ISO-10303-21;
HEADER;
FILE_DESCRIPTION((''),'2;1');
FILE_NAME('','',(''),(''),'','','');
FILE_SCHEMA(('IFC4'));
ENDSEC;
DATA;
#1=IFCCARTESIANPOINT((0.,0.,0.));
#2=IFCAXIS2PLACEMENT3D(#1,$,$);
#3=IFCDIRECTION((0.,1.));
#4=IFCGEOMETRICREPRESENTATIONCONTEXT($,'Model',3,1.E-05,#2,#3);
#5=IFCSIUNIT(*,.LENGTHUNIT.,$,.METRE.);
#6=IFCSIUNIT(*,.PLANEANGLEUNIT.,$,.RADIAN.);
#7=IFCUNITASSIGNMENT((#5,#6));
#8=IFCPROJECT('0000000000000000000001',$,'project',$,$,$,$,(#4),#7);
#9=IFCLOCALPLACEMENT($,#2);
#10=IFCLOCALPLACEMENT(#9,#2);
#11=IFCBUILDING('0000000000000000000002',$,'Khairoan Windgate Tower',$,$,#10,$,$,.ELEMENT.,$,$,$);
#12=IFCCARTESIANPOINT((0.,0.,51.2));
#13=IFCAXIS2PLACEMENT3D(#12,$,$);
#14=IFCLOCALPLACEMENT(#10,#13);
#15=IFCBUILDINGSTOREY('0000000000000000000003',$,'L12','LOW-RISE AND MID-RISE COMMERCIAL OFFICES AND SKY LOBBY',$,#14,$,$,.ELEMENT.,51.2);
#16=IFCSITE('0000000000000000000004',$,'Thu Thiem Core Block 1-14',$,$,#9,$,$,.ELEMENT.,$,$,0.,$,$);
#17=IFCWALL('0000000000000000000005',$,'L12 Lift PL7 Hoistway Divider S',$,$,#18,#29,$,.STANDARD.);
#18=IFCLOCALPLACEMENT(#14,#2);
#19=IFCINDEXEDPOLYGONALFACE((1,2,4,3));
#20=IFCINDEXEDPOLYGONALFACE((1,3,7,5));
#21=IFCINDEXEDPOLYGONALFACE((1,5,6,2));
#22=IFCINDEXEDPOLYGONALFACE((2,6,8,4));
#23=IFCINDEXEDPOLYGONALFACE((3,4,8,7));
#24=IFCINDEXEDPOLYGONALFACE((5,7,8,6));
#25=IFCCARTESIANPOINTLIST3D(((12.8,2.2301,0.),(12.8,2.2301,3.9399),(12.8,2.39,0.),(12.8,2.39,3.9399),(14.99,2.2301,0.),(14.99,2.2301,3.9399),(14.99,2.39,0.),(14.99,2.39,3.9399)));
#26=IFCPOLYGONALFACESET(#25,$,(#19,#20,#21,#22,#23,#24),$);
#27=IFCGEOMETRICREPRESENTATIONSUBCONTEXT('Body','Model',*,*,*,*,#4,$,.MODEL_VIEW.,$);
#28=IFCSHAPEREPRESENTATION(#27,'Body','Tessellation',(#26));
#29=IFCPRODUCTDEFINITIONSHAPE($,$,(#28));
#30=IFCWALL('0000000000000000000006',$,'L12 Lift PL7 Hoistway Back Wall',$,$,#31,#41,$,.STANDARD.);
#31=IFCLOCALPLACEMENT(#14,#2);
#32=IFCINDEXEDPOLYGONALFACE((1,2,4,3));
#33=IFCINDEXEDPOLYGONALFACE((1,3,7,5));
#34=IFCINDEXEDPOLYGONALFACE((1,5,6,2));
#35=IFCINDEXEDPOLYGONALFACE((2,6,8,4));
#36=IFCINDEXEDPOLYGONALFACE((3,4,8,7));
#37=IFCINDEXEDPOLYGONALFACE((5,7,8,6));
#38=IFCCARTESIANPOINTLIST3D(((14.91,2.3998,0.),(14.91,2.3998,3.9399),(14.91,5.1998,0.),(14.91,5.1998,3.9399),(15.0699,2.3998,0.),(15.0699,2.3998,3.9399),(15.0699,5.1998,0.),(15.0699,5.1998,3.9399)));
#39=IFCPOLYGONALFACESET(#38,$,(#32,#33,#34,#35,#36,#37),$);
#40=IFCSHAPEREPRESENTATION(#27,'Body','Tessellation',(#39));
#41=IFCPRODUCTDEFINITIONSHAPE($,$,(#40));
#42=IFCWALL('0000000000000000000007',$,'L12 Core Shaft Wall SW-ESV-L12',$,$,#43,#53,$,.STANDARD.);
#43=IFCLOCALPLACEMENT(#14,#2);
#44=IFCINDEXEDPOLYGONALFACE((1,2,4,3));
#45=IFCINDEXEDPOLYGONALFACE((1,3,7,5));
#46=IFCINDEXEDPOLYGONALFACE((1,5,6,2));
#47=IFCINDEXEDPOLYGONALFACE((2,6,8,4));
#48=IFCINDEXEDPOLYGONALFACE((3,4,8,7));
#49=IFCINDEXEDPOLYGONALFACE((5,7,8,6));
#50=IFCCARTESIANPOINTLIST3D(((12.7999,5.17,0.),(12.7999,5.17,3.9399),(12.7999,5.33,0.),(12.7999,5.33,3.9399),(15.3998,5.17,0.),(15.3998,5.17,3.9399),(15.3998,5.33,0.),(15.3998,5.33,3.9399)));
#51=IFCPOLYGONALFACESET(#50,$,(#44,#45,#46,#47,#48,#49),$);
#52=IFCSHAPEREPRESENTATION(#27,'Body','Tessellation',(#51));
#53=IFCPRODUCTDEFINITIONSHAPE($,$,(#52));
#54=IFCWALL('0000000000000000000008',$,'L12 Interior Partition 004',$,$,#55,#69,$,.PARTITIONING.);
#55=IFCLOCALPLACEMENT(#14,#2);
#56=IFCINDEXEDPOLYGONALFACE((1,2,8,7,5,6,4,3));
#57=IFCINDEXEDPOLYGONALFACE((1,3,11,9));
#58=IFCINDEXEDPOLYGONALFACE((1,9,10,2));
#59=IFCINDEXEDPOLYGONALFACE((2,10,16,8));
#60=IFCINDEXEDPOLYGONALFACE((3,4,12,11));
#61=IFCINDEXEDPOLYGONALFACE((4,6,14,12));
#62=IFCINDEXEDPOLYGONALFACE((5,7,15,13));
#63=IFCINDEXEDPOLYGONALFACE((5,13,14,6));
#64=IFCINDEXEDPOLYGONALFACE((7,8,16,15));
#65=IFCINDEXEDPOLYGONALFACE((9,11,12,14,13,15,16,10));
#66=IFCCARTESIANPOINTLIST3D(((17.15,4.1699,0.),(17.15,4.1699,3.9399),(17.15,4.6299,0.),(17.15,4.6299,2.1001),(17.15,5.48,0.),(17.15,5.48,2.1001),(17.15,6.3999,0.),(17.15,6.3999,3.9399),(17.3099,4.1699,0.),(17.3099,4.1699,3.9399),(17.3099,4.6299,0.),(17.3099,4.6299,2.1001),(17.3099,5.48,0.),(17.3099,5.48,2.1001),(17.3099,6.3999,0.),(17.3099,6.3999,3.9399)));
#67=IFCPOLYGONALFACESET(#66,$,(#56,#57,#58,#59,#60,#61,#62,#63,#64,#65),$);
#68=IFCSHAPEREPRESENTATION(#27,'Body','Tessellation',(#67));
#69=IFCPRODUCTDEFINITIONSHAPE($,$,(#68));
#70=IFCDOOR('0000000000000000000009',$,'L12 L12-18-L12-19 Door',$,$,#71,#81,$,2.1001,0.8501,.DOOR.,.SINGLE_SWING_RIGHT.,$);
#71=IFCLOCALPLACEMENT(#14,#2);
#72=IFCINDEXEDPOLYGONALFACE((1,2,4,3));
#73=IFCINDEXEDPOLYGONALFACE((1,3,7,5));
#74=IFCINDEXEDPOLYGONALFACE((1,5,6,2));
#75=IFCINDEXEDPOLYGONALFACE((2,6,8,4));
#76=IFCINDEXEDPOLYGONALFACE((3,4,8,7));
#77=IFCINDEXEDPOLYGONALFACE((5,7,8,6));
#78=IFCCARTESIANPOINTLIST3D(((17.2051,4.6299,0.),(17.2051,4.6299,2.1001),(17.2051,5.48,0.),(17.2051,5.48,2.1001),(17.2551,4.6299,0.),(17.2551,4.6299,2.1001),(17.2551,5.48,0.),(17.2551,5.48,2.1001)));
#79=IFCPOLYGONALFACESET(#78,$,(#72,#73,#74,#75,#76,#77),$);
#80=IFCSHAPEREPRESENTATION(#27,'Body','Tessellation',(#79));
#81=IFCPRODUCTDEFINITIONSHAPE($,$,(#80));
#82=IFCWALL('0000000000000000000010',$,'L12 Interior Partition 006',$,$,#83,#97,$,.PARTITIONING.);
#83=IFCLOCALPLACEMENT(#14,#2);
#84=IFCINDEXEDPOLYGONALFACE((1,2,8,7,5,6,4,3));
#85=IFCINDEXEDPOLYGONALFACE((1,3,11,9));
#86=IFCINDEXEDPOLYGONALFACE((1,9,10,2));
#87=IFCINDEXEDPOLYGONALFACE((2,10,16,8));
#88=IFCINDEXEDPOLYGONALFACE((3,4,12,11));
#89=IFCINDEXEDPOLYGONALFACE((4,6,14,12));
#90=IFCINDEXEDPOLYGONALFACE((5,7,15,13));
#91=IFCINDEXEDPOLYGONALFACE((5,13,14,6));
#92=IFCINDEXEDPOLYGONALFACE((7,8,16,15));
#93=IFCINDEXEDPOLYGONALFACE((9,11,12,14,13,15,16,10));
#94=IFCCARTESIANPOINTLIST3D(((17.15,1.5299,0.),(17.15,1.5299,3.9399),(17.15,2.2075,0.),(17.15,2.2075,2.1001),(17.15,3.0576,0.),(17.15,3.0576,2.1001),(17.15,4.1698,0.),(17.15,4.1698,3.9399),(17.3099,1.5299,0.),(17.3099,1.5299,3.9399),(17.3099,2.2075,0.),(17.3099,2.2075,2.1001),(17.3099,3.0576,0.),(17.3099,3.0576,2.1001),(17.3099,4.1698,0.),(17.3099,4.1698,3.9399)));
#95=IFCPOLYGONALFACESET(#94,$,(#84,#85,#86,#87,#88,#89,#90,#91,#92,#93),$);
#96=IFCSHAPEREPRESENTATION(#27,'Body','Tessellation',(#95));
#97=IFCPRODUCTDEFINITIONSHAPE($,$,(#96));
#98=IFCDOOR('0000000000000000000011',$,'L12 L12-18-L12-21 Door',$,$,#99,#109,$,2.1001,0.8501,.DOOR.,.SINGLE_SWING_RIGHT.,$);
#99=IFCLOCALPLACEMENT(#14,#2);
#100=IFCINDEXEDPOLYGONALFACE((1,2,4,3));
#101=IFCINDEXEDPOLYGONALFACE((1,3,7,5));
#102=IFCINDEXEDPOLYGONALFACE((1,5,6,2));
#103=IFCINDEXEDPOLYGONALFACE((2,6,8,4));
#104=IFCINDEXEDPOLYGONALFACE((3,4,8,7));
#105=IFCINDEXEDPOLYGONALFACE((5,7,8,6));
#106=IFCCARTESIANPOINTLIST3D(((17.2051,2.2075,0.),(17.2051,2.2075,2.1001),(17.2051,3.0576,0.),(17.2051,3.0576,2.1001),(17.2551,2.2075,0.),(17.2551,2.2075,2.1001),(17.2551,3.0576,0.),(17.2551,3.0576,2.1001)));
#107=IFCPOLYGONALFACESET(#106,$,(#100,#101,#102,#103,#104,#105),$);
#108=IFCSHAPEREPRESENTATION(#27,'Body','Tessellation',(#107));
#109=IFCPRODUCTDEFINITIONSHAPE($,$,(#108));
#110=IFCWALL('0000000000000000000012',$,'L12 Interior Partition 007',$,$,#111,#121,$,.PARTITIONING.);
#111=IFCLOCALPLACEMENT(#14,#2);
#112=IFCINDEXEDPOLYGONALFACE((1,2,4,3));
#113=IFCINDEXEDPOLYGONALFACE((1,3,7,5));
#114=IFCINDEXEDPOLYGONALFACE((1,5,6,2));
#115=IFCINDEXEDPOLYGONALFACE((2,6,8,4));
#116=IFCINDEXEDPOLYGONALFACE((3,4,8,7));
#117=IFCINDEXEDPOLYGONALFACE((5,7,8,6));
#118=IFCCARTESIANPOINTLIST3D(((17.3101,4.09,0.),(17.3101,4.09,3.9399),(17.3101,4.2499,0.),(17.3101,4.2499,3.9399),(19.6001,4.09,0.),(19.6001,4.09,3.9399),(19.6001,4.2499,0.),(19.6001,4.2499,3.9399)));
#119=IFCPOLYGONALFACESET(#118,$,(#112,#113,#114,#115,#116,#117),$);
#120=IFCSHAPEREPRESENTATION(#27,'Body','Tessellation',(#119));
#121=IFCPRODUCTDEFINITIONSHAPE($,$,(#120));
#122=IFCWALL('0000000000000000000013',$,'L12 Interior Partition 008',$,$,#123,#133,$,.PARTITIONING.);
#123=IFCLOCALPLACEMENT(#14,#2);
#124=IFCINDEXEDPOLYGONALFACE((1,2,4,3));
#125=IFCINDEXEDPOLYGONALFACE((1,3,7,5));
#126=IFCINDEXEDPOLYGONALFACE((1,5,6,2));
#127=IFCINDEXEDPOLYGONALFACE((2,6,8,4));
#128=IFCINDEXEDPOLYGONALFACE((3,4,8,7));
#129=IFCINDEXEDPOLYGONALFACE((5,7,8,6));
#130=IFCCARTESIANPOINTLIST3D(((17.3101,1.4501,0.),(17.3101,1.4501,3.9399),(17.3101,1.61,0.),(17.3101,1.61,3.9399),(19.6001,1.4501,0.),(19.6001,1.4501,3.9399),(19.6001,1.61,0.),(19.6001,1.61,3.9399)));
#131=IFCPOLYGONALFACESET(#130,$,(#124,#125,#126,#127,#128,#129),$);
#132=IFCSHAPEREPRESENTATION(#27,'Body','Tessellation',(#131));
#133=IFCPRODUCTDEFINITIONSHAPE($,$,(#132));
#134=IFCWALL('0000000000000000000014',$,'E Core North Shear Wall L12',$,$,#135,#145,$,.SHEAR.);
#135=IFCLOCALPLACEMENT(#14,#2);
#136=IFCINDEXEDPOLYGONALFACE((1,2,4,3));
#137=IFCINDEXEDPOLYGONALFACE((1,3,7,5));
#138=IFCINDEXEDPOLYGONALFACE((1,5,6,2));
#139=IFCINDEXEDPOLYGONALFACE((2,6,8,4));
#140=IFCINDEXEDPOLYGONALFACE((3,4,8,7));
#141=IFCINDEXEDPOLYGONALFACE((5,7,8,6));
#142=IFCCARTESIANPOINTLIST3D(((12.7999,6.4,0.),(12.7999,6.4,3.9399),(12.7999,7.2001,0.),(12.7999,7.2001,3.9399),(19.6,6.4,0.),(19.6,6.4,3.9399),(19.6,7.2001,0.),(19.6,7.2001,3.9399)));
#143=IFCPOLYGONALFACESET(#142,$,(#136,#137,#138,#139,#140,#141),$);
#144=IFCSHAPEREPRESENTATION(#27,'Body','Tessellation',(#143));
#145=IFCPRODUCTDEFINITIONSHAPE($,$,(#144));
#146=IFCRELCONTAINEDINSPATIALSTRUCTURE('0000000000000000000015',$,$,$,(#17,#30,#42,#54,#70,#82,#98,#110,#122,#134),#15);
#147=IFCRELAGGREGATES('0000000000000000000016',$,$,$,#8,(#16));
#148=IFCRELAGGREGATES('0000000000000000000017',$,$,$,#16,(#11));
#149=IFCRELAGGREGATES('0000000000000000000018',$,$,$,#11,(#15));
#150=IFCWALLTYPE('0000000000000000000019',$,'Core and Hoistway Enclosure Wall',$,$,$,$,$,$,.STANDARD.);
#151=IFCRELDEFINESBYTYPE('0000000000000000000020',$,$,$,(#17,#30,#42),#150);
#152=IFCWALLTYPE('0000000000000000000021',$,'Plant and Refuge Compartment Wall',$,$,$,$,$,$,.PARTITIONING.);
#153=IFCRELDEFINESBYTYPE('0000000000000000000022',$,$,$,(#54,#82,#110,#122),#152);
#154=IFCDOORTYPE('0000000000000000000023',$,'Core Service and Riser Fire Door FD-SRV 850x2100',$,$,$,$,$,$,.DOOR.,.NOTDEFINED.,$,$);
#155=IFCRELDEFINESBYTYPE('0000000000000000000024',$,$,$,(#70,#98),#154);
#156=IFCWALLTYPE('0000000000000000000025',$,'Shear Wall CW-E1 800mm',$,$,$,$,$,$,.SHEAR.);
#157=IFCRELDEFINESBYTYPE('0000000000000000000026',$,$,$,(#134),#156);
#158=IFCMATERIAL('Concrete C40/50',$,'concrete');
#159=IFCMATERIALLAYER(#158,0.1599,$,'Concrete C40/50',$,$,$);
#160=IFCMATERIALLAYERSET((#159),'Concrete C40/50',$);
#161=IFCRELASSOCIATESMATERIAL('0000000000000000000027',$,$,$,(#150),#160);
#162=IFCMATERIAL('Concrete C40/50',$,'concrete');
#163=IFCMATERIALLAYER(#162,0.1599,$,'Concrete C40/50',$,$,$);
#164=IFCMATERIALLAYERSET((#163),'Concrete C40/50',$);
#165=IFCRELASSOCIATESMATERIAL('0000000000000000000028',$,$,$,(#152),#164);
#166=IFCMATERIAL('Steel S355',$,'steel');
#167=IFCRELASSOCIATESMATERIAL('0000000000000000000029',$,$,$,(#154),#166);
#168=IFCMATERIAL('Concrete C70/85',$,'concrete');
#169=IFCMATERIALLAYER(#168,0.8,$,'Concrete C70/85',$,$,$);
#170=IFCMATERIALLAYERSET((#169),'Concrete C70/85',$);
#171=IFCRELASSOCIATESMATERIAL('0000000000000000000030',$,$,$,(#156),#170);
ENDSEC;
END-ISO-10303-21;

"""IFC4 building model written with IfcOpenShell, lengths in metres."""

from ifc_helpers import new_model, si_unit, direction, frame, frame_2d, origin, place, context, subcontext, project, spatial, rectangle, extrude, material, layer, layer_set, type_object, element, fill, save


model = new_model("IFC4")

# Units and contexts
model_context = context("Model", 3, precision=1e-05, world=origin(), true_north=direction((0.0, 1.0)))
body_context = subcontext(model_context, "Body", "Model", "MODEL_VIEW")
ifc_project = project(units=[si_unit("LENGTHUNIT", "METRE"), si_unit("PLANEANGLEUNIT", "RADIAN")], contexts=[model_context])

# Site, building, storey
site_placement = place(None, origin())
site = spatial("IfcSite", under=ifc_project, at=site_placement, Name="Thu Thiem Core Block 1-14", CompositionType="ELEMENT", RefElevation=0.0)
building_placement = place(site_placement, origin())
building = spatial("IfcBuilding", under=site, at=building_placement, Name="Khairoan Windgate Tower", CompositionType="ELEMENT")
storey_placement = place(building_placement, frame((0.0, 0.0, 51.2)))
storey = spatial("IfcBuildingStorey", under=building, at=storey_placement, Name="L12", Description="LOW-RISE AND MID-RISE COMMERCIAL OFFICES AND SKY LOBBY", CompositionType="ELEMENT", Elevation=51.2)

# Walls
ifc_material_1 = material(Name="Concrete C40/50", Category="concrete")
ifc_layer_1 = layer(ifc_material_1, 0.1599, Name="Concrete C40/50")
ifc_layer_set_1 = layer_set([ifc_layer_1], Name="Concrete C40/50")
wall_type_1 = type_object("IfcWallType", Name="Core and Hoistway Enclosure Wall", PredefinedType="STANDARD", material=ifc_layer_set_1)
wall_1_placement = place(storey_placement, frame((12.8, 2.3101, 0.0), z_axis=(0.0, 0.0, 1.0), x_axis=(1.0, 0.0, 0.0)))
element("IfcWall", 1, at=wall_1_placement, inside=storey, type_object=wall_type_1, Name="L12 Lift PL7 Hoistway Divider S", PredefinedType="STANDARD", context=body_context, shape_type="SweptSolid", body=[
    extrude(rectangle(XDim=2.1899, YDim=0.1599, at=frame_2d((1.095, 0.0))), origin(), (0.0, 0.0, 1.0), 3.9399),
])
wall_2_placement = place(storey_placement, frame((14.99, 2.3999, 0.0), z_axis=(0.0, 0.0, 1.0), x_axis=(0.0, 1.0, 0.0)))
element("IfcWall", 2, at=wall_2_placement, inside=storey, type_object=wall_type_1, Name="L12 Lift PL7 Hoistway Back Wall", PredefinedType="STANDARD", context=body_context, shape_type="SweptSolid", body=[
    extrude(rectangle(XDim=2.8, YDim=0.1599, at=frame_2d((1.3999, 0.0))), origin(), (0.0, 0.0, 1.0), 3.9399),
])
wall_3_placement = place(storey_placement, frame((12.8, 5.25, 0.0), z_axis=(0.0, 0.0, 1.0), x_axis=(1.0, 0.0, 0.0)))
element("IfcWall", 3, at=wall_3_placement, inside=storey, type_object=wall_type_1, Name="L12 Core Shaft Wall SW-ESV-L12", PredefinedType="STANDARD", context=body_context, shape_type="SweptSolid", body=[
    extrude(rectangle(XDim=2.5999, YDim=0.1599, at=frame_2d((1.2998, 0.0))), origin(), (0.0, 0.0, 1.0), 3.9399),
])

# Walls, openings, doors
ifc_material_2 = material(Name="Concrete C40/50", Category="concrete")
ifc_layer_2 = layer(ifc_material_2, 0.1599, Name="Concrete C40/50")
ifc_layer_set_2 = layer_set([ifc_layer_2], Name="Concrete C40/50")
wall_type_2 = type_object("IfcWallType", Name="Plant and Refuge Compartment Wall", PredefinedType="PARTITIONING", material=ifc_layer_set_2)
wall_4_placement = place(storey_placement, frame((17.23, 4.1699, 0.0), z_axis=(0.0, 0.0, 1.0), x_axis=(0.0, 1.0, 0.0)))
wall_4 = element("IfcWall", 4, at=wall_4_placement, inside=storey, type_object=wall_type_2, Name="L12 Interior Partition 004", PredefinedType="PARTITIONING", context=body_context, shape_type="SweptSolid", body=[
    extrude(rectangle(XDim=2.23, YDim=0.1599, at=frame_2d((1.115, 0.0))), origin(), (0.0, 0.0, 1.0), 3.9399),
])
opening_1_placement = place(wall_4_placement, frame((0.46, 0.0, 0.0)))
opening_1 = element("IfcOpeningElement", 5, at=opening_1_placement, cuts=wall_4, PredefinedType="OPENING", context=body_context, shape_type="SweptSolid", body=[
    extrude(rectangle(XDim=0.8501, YDim=2.1001, at=frame_2d((0.425, 1.05))), frame((0.0, 0.0898, 0.0), z_axis=(0.0, -1.0, 0.0), x_axis=(1.0, 0.0, 0.0)), (0.0, 0.0, 1.0), 0.1799),
])
ifc_material_3 = material(Name="Steel S355", Category="steel")
door_type = type_object("IfcDoorType", Name="Core Service and Riser Fire Door FD-SRV 850x2100", OperationType="NOTDEFINED", PredefinedType="DOOR", material=ifc_material_3)
door_1_placement = place(opening_1_placement, origin())
door_1 = element("IfcDoor", 6, at=door_1_placement, inside=storey, type_object=door_type, Name="L12 L12-18-L12-19 Door", OperationType="SINGLE_SWING_RIGHT", OverallHeight=2.1001, OverallWidth=0.8501, PredefinedType="DOOR", context=body_context, shape_type="SweptSolid", body=[
    extrude(rectangle(XDim=0.8501, YDim=2.1001, at=frame_2d((0.425, 1.05))), frame((0.0, 0.0249, 0.0), z_axis=(0.0, -1.0, 0.0), x_axis=(1.0, 0.0, 0.0)), (0.0, 0.0, 1.0), 0.05),
])
fill(opening_1, door_1)
wall_5_placement = place(storey_placement, frame((17.23, 1.53, 0.0), z_axis=(0.0, 0.0, 1.0), x_axis=(0.0, 1.0, 0.0)))
wall_5 = element("IfcWall", 7, at=wall_5_placement, inside=storey, type_object=wall_type_2, Name="L12 Interior Partition 006", PredefinedType="PARTITIONING", context=body_context, shape_type="SweptSolid", body=[
    extrude(rectangle(XDim=2.6399, YDim=0.1599, at=frame_2d((1.3198, 0.0))), origin(), (0.0, 0.0, 1.0), 3.9399),
])
opening_2_placement = place(wall_5_placement, frame((0.6775, 0.0, 0.0)))
opening_2 = element("IfcOpeningElement", 8, at=opening_2_placement, cuts=wall_5, PredefinedType="OPENING", context=body_context, shape_type="SweptSolid", body=[
    extrude(rectangle(XDim=0.8501, YDim=2.1001, at=frame_2d((0.425, 1.05))), frame((0.0, 0.0898, 0.0), z_axis=(0.0, -1.0, 0.0), x_axis=(1.0, 0.0, 0.0)), (0.0, 0.0, 1.0), 0.1799),
])
door_2_placement = place(opening_2_placement, origin())
door_2 = element("IfcDoor", 9, at=door_2_placement, inside=storey, type_object=door_type, Name="L12 L12-18-L12-21 Door", OperationType="SINGLE_SWING_RIGHT", OverallHeight=2.1001, OverallWidth=0.8501, PredefinedType="DOOR", context=body_context, shape_type="SweptSolid", body=[
    extrude(rectangle(XDim=0.8501, YDim=2.1001, at=frame_2d((0.425, 1.05))), frame((0.0, 0.0249, 0.0), z_axis=(0.0, -1.0, 0.0), x_axis=(1.0, 0.0, 0.0)), (0.0, 0.0, 1.0), 0.05),
])
fill(opening_2, door_2)

# Walls
for number, where, z_axis, x_axis, name in (
    (10, (17.3101, 4.1699, 0.0), (0.0, 0.0, 1.0), (1.0, 0.0, 0.0), "L12 Interior Partition 007"),
    (11, (17.3101, 1.53, 0.0), (0.0, 0.0, 1.0), (1.0, 0.0, 0.0), "L12 Interior Partition 008"),
):
    element("IfcWall", number, at=place(storey_placement, frame(where, z_axis=z_axis, x_axis=x_axis)), inside=storey, type_object=wall_type_2, Name=name, PredefinedType="PARTITIONING", context=body_context, shape_type="SweptSolid", body=[
        extrude(rectangle(XDim=2.29, YDim=0.1599, at=frame_2d((1.145, 0.0))), origin(), (0.0, 0.0, 1.0), 3.9399),
    ])
ifc_material_4 = material(Name="Concrete C70/85", Category="concrete")
ifc_layer_3 = layer(ifc_material_4, 0.8, Name="Concrete C70/85")
ifc_layer_set_3 = layer_set([ifc_layer_3], Name="Concrete C70/85")
wall_type_3 = type_object("IfcWallType", Name="Shear Wall CW-E1 800mm", PredefinedType="SHEAR", material=ifc_layer_set_3)
wall_6_placement = place(storey_placement, frame((12.8, 6.8, 0.0), z_axis=(0.0, 0.0, 1.0), x_axis=(1.0, 0.0, 0.0)))
element("IfcWall", 12, at=wall_6_placement, inside=storey, type_object=wall_type_3, Name="E Core North Shear Wall L12", PredefinedType="SHEAR", context=body_context, shape_type="SweptSolid", body=[
    extrude(rectangle(XDim=6.8, YDim=0.8, at=frame_2d((3.3999, 0.0))), origin(), (0.0, 0.0, 1.0), 3.9399),
])

save(model, "model.ifc")
